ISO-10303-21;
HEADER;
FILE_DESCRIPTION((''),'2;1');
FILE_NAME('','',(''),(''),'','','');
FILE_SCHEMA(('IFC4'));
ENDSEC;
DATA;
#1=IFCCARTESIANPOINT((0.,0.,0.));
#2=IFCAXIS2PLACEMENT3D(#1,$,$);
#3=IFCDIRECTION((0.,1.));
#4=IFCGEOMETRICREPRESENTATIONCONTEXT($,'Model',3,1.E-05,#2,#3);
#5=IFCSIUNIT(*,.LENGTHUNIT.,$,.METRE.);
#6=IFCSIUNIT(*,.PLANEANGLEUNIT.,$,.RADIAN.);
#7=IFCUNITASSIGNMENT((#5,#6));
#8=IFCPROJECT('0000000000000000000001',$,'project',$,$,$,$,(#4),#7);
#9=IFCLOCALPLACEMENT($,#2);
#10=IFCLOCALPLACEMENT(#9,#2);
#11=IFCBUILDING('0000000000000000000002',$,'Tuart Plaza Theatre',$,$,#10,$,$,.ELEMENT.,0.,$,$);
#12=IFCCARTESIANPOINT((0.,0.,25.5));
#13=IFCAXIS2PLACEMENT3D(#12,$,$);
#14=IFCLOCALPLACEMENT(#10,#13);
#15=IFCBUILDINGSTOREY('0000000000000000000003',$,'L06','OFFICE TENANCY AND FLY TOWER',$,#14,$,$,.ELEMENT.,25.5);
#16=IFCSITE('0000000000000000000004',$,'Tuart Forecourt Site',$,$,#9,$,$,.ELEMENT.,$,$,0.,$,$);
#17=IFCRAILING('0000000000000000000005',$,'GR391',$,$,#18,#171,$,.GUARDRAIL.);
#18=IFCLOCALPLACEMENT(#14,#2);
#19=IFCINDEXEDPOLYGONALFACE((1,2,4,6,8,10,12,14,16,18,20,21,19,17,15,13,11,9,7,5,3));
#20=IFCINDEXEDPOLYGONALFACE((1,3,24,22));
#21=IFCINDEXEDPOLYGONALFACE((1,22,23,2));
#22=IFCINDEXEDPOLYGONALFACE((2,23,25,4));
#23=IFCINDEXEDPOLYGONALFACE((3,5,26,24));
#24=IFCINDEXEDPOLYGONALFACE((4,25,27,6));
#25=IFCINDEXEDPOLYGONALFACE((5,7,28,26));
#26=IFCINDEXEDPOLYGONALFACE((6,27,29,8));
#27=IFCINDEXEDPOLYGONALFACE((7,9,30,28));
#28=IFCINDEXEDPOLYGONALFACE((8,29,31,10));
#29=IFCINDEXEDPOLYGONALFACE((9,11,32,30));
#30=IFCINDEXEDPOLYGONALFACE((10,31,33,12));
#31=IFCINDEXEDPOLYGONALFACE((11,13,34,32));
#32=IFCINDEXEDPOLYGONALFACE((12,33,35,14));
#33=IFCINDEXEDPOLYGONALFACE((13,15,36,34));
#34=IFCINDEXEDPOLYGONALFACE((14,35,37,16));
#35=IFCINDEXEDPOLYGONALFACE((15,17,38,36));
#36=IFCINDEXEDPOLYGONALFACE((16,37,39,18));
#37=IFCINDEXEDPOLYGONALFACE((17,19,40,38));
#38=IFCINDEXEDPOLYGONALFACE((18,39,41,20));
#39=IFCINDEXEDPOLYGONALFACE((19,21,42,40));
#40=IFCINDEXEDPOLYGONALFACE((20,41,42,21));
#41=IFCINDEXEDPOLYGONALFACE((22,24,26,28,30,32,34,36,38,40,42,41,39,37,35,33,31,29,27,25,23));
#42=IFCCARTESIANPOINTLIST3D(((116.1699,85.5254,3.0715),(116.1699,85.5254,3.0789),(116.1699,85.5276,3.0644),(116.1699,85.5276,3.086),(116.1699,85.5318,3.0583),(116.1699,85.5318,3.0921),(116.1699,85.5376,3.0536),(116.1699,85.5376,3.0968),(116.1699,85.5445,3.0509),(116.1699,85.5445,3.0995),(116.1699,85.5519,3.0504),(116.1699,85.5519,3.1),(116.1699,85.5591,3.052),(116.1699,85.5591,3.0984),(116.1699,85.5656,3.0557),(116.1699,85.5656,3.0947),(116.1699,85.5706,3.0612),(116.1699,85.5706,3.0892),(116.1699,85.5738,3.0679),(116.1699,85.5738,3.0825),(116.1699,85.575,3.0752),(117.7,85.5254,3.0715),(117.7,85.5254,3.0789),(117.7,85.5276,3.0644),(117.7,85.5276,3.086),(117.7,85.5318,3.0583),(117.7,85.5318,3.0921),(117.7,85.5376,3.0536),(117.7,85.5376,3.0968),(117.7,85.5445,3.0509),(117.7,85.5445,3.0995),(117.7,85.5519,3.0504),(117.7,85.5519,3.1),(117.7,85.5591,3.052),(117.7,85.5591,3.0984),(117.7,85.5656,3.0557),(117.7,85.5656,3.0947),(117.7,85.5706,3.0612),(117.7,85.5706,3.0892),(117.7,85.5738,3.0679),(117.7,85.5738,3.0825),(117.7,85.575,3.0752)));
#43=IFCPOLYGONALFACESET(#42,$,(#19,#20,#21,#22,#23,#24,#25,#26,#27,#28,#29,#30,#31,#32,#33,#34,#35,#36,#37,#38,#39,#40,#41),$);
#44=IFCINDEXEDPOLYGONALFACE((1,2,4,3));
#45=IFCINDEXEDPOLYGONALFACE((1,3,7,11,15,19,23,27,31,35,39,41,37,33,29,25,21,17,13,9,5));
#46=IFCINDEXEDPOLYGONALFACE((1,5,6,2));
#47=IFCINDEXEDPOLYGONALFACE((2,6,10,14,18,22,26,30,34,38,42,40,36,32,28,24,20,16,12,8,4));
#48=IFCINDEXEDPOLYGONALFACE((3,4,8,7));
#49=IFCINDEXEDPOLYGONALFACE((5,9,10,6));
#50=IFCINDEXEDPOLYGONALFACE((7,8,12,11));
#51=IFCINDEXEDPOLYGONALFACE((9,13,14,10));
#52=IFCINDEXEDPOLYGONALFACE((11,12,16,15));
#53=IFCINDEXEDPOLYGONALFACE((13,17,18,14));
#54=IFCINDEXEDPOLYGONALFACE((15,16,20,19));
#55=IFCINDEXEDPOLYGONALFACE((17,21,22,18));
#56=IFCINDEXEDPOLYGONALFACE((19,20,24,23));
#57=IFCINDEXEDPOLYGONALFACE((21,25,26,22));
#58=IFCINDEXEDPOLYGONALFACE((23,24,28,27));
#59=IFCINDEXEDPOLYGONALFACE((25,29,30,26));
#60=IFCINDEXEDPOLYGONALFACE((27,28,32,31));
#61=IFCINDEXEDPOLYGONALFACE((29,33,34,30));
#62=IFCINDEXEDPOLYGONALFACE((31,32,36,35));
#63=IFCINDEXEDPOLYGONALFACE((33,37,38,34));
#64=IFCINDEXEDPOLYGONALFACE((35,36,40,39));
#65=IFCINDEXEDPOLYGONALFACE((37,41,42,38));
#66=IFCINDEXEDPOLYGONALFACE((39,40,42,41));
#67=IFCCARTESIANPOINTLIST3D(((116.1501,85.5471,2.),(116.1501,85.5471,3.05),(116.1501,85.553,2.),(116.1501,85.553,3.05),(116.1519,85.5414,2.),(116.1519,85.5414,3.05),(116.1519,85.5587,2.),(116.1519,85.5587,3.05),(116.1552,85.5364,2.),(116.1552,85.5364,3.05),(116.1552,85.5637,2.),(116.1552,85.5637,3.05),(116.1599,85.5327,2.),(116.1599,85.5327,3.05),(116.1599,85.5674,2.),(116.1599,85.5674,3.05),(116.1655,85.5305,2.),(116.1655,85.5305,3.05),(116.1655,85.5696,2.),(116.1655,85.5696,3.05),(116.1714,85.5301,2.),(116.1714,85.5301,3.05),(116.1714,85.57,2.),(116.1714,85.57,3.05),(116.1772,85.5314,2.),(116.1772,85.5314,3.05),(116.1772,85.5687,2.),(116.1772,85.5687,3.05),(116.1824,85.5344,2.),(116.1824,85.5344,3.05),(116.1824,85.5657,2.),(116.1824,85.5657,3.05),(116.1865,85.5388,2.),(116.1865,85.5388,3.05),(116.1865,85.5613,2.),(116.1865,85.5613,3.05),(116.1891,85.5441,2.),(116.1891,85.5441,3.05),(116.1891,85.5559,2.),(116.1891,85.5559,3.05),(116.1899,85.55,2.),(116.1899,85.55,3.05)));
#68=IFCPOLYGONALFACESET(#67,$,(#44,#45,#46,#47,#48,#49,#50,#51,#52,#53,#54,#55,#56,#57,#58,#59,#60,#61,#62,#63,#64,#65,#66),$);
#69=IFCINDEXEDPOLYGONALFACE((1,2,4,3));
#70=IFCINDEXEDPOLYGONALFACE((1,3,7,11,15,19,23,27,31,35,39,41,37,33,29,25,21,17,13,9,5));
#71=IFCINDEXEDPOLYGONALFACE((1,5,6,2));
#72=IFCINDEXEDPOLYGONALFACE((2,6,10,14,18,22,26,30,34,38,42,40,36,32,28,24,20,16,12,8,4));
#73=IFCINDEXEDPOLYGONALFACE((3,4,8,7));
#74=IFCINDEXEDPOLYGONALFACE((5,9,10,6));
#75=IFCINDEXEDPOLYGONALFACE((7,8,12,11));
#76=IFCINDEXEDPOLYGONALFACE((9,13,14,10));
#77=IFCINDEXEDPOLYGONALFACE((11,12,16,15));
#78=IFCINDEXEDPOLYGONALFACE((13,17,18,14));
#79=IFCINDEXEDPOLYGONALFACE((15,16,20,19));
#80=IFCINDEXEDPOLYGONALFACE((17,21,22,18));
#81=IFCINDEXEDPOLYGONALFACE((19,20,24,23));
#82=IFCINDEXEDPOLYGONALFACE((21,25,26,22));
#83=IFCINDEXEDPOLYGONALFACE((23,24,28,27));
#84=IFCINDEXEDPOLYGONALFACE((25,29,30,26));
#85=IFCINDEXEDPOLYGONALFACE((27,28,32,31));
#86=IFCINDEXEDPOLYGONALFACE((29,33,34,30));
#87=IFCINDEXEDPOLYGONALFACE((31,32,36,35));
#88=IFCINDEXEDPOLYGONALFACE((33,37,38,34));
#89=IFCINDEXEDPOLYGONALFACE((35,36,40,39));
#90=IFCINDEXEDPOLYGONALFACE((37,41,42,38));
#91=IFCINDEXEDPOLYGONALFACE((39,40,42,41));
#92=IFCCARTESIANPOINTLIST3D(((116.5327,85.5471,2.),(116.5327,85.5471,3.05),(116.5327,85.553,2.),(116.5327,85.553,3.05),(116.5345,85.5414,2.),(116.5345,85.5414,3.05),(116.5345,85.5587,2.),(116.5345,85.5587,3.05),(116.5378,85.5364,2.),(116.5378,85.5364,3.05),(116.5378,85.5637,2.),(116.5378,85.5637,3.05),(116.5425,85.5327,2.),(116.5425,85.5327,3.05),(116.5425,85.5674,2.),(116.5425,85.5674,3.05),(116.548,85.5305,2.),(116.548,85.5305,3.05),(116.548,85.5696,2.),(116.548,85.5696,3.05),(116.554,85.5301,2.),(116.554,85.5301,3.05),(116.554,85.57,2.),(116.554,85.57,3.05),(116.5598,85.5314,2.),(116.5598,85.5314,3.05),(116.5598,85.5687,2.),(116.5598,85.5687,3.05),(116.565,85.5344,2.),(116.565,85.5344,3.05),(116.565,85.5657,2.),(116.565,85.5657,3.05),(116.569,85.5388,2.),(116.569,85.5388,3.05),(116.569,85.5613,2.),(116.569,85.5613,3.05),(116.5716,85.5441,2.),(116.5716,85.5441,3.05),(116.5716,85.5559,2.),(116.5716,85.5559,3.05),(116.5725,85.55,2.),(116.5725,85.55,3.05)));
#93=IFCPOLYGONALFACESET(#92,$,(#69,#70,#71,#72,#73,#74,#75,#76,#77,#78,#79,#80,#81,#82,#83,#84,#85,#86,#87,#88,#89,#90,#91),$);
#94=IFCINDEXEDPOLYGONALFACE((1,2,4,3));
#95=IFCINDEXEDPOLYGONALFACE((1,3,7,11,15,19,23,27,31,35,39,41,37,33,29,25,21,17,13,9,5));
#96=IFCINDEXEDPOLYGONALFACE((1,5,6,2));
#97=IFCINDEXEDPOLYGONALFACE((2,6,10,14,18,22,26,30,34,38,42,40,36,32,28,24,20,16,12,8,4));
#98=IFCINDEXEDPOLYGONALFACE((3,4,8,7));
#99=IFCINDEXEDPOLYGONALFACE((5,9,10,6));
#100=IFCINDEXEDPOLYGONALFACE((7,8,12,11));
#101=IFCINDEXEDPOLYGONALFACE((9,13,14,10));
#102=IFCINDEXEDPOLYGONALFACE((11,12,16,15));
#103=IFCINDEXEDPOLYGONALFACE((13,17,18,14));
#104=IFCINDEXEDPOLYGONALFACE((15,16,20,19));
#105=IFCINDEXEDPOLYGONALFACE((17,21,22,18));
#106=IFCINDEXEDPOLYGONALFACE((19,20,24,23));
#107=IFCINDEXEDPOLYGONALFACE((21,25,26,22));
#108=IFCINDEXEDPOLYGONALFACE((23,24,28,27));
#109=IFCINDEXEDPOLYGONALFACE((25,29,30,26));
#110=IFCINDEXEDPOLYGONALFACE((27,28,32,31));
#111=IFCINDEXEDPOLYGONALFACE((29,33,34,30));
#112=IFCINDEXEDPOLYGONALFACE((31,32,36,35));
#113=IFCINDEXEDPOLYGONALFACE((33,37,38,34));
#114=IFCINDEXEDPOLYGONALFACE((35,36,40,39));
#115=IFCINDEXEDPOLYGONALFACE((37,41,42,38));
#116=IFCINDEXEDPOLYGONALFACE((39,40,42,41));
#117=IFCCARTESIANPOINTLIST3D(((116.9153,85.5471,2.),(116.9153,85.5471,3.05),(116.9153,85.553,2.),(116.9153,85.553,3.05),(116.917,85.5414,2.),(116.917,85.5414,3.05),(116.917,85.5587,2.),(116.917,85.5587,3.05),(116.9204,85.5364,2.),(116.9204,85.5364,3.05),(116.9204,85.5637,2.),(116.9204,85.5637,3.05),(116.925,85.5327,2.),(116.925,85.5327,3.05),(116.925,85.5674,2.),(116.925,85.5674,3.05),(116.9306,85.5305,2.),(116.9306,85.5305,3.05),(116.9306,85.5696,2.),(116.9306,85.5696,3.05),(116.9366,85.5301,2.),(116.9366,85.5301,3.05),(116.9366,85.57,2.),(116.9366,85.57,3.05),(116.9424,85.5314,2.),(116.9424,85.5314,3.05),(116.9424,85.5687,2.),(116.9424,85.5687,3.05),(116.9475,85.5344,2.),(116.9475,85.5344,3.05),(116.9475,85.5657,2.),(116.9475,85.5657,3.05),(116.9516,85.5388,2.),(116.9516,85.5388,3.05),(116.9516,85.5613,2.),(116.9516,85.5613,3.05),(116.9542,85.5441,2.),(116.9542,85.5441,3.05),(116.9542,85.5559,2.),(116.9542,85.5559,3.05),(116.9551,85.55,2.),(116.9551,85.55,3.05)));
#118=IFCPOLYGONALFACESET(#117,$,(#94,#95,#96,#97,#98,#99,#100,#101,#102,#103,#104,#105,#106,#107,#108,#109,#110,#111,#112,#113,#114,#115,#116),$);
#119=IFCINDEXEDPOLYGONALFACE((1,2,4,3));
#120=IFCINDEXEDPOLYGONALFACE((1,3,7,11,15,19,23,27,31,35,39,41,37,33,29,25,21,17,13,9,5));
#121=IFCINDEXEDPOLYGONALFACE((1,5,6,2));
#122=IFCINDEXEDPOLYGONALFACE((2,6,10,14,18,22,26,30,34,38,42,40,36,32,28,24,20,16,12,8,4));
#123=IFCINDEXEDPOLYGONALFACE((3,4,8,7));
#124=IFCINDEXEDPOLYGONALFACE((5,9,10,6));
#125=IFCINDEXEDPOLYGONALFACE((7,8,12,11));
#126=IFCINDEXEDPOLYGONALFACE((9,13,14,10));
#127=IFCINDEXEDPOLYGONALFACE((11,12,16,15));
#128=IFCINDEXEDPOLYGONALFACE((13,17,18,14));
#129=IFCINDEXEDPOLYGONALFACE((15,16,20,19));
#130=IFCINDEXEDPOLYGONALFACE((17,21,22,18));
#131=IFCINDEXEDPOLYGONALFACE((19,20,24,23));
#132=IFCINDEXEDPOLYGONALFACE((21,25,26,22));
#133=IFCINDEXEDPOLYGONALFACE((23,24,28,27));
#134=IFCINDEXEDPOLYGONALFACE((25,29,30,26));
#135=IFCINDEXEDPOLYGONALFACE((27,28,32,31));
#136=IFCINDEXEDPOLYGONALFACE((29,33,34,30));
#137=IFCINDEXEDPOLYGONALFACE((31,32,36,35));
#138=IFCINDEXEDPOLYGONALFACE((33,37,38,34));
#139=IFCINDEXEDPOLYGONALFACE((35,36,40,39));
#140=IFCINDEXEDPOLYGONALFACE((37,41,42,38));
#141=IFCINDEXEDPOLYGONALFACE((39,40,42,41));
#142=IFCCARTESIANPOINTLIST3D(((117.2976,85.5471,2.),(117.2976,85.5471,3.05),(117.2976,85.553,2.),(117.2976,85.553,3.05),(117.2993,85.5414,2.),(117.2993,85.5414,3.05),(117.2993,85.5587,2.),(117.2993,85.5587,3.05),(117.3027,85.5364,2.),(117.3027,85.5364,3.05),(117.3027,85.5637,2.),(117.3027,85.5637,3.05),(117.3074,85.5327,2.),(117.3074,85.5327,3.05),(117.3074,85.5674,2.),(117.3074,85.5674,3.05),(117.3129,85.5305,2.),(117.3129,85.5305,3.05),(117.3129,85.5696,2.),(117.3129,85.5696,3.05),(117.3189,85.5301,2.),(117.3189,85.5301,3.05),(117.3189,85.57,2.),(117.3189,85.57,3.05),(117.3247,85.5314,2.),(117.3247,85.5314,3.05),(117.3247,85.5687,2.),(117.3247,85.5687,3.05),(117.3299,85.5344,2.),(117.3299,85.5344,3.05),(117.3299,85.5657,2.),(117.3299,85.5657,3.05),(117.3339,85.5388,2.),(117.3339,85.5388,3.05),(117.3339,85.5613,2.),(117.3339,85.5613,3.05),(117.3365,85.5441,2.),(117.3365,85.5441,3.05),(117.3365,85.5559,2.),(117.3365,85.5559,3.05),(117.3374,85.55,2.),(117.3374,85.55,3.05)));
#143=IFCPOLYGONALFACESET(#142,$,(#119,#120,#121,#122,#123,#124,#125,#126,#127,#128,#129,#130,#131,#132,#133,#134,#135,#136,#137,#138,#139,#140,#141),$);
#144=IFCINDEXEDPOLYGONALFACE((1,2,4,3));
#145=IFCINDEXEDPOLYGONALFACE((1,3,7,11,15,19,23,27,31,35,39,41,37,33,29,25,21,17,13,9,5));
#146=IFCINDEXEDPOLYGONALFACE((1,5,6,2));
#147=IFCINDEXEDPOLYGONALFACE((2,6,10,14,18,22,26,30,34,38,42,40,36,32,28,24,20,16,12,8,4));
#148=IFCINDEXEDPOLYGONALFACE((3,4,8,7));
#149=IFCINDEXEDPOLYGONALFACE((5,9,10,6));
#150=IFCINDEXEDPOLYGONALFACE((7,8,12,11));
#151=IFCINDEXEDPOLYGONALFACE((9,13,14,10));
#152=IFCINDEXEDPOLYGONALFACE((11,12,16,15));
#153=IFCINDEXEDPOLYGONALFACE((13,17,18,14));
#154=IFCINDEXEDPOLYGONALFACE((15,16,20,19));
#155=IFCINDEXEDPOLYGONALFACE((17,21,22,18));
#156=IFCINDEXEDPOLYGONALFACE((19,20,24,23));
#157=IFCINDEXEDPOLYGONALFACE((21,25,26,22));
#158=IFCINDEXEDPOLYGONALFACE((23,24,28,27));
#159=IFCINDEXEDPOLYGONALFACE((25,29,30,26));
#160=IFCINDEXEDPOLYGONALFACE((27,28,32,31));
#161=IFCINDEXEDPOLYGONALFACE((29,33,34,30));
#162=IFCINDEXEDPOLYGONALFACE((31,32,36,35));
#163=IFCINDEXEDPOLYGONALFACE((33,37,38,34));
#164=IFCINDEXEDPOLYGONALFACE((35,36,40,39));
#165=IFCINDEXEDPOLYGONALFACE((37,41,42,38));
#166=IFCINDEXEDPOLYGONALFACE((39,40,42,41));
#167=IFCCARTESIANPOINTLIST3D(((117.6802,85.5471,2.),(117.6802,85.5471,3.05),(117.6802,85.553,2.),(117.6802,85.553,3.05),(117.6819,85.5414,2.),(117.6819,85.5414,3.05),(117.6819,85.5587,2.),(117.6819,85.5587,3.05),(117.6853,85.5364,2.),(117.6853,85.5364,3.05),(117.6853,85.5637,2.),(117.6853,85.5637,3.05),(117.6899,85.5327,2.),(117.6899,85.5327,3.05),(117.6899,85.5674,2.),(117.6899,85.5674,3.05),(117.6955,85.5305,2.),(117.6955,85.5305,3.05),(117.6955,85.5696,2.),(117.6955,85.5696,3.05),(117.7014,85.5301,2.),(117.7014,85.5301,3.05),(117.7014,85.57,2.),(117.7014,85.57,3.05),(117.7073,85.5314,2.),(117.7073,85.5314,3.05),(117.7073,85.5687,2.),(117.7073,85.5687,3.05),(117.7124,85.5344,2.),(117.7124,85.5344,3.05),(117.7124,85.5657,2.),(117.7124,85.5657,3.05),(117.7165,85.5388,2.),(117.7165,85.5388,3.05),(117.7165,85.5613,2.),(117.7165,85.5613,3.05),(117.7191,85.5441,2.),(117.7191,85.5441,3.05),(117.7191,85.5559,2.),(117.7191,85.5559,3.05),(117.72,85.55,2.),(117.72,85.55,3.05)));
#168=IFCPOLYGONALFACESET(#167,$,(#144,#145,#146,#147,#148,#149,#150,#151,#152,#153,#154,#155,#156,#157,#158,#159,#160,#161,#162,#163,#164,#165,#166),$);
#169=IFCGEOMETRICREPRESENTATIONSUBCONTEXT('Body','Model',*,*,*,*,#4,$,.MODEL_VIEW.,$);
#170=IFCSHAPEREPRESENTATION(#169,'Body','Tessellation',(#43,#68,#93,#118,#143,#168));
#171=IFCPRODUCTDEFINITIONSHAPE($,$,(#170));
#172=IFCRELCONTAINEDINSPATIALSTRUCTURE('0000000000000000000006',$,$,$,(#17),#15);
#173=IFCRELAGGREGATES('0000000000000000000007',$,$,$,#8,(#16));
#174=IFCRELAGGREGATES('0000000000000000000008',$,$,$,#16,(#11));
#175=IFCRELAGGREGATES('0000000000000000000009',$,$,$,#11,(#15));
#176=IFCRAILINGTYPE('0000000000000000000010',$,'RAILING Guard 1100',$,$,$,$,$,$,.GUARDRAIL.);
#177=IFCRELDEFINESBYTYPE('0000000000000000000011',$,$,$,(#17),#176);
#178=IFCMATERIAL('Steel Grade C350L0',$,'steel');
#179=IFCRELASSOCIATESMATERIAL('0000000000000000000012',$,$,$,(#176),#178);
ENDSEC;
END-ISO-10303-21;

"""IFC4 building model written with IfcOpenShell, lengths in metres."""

from ifc_helpers import new_model, si_unit, direction, frame, origin, origin_2d, place, context, subcontext, project, spatial, circle, extrude, material, type_object, element, save


model = new_model("IFC4")

# Units and contexts
model_context = context("Model", 3, precision=1e-05, world=origin(), true_north=direction((0.0, 1.0)))
body_context = subcontext(model_context, "Body", "Model", "MODEL_VIEW")
ifc_project = project(units=[si_unit("LENGTHUNIT", "METRE"), si_unit("PLANEANGLEUNIT", "RADIAN")], contexts=[model_context])

# Site, building, storey
site_placement = place(None, origin())
site = spatial("IfcSite", under=ifc_project, at=site_placement, Name="Tuart Forecourt Site", CompositionType="ELEMENT", RefElevation=0.0)
building_placement = place(site_placement, origin())
building = spatial("IfcBuilding", under=site, at=building_placement, Name="Tuart Plaza Theatre", CompositionType="ELEMENT", ElevationOfRefHeight=0.0)
storey_placement = place(building_placement, frame((0.0, 0.0, 25.5)))
storey = spatial("IfcBuildingStorey", under=building, at=storey_placement, Name="L06", Description="OFFICE TENANCY AND FLY TOWER", CompositionType="ELEMENT", Elevation=25.5)

# Railing
ifc_material_1 = material(Name="Steel Grade C350L0", Category="steel")
railing_type_1 = type_object("IfcRailingType", Name="RAILING Guard 1100", PredefinedType="GUARDRAIL", material=ifc_material_1)
railing_1_placement = place(storey_placement, frame((116.1699, 85.55, 2.0)))
element("IfcRailing", 1, at=railing_1_placement, inside=storey, type_object=railing_type_1, Name="GR391", PredefinedType="GUARDRAIL", context=body_context, shape_type="SweptSolid", body=[
    extrude(circle(Radius=0.0249, at=origin_2d()), frame((0.0, 0.0, 1.0752), z_axis=(1.0, 0.0, 0.0), x_axis=(0.0, 1.0, 0.0)), (0.0, 0.0, 1.0), 1.53),
    extrude(circle(Radius=0.02, at=origin_2d()), origin(), (0.0, 0.0, 1.0), 1.05),
    extrude(circle(Radius=0.02, at=origin_2d()), frame((0.3826, 0.0, 0.0)), (0.0, 0.0, 1.0), 1.05),
    extrude(circle(Radius=0.02, at=origin_2d()), frame((0.7651, 0.0, 0.0)), (0.0, 0.0, 1.0), 1.05),
    extrude(circle(Radius=0.02, at=origin_2d()), frame((1.1475, 0.0, 0.0)), (0.0, 0.0, 1.0), 1.05),
    extrude(circle(Radius=0.02, at=origin_2d()), frame((1.53, 0.0, 0.0)), (0.0, 0.0, 1.0), 1.05),
])

save(model, "model.ifc")
